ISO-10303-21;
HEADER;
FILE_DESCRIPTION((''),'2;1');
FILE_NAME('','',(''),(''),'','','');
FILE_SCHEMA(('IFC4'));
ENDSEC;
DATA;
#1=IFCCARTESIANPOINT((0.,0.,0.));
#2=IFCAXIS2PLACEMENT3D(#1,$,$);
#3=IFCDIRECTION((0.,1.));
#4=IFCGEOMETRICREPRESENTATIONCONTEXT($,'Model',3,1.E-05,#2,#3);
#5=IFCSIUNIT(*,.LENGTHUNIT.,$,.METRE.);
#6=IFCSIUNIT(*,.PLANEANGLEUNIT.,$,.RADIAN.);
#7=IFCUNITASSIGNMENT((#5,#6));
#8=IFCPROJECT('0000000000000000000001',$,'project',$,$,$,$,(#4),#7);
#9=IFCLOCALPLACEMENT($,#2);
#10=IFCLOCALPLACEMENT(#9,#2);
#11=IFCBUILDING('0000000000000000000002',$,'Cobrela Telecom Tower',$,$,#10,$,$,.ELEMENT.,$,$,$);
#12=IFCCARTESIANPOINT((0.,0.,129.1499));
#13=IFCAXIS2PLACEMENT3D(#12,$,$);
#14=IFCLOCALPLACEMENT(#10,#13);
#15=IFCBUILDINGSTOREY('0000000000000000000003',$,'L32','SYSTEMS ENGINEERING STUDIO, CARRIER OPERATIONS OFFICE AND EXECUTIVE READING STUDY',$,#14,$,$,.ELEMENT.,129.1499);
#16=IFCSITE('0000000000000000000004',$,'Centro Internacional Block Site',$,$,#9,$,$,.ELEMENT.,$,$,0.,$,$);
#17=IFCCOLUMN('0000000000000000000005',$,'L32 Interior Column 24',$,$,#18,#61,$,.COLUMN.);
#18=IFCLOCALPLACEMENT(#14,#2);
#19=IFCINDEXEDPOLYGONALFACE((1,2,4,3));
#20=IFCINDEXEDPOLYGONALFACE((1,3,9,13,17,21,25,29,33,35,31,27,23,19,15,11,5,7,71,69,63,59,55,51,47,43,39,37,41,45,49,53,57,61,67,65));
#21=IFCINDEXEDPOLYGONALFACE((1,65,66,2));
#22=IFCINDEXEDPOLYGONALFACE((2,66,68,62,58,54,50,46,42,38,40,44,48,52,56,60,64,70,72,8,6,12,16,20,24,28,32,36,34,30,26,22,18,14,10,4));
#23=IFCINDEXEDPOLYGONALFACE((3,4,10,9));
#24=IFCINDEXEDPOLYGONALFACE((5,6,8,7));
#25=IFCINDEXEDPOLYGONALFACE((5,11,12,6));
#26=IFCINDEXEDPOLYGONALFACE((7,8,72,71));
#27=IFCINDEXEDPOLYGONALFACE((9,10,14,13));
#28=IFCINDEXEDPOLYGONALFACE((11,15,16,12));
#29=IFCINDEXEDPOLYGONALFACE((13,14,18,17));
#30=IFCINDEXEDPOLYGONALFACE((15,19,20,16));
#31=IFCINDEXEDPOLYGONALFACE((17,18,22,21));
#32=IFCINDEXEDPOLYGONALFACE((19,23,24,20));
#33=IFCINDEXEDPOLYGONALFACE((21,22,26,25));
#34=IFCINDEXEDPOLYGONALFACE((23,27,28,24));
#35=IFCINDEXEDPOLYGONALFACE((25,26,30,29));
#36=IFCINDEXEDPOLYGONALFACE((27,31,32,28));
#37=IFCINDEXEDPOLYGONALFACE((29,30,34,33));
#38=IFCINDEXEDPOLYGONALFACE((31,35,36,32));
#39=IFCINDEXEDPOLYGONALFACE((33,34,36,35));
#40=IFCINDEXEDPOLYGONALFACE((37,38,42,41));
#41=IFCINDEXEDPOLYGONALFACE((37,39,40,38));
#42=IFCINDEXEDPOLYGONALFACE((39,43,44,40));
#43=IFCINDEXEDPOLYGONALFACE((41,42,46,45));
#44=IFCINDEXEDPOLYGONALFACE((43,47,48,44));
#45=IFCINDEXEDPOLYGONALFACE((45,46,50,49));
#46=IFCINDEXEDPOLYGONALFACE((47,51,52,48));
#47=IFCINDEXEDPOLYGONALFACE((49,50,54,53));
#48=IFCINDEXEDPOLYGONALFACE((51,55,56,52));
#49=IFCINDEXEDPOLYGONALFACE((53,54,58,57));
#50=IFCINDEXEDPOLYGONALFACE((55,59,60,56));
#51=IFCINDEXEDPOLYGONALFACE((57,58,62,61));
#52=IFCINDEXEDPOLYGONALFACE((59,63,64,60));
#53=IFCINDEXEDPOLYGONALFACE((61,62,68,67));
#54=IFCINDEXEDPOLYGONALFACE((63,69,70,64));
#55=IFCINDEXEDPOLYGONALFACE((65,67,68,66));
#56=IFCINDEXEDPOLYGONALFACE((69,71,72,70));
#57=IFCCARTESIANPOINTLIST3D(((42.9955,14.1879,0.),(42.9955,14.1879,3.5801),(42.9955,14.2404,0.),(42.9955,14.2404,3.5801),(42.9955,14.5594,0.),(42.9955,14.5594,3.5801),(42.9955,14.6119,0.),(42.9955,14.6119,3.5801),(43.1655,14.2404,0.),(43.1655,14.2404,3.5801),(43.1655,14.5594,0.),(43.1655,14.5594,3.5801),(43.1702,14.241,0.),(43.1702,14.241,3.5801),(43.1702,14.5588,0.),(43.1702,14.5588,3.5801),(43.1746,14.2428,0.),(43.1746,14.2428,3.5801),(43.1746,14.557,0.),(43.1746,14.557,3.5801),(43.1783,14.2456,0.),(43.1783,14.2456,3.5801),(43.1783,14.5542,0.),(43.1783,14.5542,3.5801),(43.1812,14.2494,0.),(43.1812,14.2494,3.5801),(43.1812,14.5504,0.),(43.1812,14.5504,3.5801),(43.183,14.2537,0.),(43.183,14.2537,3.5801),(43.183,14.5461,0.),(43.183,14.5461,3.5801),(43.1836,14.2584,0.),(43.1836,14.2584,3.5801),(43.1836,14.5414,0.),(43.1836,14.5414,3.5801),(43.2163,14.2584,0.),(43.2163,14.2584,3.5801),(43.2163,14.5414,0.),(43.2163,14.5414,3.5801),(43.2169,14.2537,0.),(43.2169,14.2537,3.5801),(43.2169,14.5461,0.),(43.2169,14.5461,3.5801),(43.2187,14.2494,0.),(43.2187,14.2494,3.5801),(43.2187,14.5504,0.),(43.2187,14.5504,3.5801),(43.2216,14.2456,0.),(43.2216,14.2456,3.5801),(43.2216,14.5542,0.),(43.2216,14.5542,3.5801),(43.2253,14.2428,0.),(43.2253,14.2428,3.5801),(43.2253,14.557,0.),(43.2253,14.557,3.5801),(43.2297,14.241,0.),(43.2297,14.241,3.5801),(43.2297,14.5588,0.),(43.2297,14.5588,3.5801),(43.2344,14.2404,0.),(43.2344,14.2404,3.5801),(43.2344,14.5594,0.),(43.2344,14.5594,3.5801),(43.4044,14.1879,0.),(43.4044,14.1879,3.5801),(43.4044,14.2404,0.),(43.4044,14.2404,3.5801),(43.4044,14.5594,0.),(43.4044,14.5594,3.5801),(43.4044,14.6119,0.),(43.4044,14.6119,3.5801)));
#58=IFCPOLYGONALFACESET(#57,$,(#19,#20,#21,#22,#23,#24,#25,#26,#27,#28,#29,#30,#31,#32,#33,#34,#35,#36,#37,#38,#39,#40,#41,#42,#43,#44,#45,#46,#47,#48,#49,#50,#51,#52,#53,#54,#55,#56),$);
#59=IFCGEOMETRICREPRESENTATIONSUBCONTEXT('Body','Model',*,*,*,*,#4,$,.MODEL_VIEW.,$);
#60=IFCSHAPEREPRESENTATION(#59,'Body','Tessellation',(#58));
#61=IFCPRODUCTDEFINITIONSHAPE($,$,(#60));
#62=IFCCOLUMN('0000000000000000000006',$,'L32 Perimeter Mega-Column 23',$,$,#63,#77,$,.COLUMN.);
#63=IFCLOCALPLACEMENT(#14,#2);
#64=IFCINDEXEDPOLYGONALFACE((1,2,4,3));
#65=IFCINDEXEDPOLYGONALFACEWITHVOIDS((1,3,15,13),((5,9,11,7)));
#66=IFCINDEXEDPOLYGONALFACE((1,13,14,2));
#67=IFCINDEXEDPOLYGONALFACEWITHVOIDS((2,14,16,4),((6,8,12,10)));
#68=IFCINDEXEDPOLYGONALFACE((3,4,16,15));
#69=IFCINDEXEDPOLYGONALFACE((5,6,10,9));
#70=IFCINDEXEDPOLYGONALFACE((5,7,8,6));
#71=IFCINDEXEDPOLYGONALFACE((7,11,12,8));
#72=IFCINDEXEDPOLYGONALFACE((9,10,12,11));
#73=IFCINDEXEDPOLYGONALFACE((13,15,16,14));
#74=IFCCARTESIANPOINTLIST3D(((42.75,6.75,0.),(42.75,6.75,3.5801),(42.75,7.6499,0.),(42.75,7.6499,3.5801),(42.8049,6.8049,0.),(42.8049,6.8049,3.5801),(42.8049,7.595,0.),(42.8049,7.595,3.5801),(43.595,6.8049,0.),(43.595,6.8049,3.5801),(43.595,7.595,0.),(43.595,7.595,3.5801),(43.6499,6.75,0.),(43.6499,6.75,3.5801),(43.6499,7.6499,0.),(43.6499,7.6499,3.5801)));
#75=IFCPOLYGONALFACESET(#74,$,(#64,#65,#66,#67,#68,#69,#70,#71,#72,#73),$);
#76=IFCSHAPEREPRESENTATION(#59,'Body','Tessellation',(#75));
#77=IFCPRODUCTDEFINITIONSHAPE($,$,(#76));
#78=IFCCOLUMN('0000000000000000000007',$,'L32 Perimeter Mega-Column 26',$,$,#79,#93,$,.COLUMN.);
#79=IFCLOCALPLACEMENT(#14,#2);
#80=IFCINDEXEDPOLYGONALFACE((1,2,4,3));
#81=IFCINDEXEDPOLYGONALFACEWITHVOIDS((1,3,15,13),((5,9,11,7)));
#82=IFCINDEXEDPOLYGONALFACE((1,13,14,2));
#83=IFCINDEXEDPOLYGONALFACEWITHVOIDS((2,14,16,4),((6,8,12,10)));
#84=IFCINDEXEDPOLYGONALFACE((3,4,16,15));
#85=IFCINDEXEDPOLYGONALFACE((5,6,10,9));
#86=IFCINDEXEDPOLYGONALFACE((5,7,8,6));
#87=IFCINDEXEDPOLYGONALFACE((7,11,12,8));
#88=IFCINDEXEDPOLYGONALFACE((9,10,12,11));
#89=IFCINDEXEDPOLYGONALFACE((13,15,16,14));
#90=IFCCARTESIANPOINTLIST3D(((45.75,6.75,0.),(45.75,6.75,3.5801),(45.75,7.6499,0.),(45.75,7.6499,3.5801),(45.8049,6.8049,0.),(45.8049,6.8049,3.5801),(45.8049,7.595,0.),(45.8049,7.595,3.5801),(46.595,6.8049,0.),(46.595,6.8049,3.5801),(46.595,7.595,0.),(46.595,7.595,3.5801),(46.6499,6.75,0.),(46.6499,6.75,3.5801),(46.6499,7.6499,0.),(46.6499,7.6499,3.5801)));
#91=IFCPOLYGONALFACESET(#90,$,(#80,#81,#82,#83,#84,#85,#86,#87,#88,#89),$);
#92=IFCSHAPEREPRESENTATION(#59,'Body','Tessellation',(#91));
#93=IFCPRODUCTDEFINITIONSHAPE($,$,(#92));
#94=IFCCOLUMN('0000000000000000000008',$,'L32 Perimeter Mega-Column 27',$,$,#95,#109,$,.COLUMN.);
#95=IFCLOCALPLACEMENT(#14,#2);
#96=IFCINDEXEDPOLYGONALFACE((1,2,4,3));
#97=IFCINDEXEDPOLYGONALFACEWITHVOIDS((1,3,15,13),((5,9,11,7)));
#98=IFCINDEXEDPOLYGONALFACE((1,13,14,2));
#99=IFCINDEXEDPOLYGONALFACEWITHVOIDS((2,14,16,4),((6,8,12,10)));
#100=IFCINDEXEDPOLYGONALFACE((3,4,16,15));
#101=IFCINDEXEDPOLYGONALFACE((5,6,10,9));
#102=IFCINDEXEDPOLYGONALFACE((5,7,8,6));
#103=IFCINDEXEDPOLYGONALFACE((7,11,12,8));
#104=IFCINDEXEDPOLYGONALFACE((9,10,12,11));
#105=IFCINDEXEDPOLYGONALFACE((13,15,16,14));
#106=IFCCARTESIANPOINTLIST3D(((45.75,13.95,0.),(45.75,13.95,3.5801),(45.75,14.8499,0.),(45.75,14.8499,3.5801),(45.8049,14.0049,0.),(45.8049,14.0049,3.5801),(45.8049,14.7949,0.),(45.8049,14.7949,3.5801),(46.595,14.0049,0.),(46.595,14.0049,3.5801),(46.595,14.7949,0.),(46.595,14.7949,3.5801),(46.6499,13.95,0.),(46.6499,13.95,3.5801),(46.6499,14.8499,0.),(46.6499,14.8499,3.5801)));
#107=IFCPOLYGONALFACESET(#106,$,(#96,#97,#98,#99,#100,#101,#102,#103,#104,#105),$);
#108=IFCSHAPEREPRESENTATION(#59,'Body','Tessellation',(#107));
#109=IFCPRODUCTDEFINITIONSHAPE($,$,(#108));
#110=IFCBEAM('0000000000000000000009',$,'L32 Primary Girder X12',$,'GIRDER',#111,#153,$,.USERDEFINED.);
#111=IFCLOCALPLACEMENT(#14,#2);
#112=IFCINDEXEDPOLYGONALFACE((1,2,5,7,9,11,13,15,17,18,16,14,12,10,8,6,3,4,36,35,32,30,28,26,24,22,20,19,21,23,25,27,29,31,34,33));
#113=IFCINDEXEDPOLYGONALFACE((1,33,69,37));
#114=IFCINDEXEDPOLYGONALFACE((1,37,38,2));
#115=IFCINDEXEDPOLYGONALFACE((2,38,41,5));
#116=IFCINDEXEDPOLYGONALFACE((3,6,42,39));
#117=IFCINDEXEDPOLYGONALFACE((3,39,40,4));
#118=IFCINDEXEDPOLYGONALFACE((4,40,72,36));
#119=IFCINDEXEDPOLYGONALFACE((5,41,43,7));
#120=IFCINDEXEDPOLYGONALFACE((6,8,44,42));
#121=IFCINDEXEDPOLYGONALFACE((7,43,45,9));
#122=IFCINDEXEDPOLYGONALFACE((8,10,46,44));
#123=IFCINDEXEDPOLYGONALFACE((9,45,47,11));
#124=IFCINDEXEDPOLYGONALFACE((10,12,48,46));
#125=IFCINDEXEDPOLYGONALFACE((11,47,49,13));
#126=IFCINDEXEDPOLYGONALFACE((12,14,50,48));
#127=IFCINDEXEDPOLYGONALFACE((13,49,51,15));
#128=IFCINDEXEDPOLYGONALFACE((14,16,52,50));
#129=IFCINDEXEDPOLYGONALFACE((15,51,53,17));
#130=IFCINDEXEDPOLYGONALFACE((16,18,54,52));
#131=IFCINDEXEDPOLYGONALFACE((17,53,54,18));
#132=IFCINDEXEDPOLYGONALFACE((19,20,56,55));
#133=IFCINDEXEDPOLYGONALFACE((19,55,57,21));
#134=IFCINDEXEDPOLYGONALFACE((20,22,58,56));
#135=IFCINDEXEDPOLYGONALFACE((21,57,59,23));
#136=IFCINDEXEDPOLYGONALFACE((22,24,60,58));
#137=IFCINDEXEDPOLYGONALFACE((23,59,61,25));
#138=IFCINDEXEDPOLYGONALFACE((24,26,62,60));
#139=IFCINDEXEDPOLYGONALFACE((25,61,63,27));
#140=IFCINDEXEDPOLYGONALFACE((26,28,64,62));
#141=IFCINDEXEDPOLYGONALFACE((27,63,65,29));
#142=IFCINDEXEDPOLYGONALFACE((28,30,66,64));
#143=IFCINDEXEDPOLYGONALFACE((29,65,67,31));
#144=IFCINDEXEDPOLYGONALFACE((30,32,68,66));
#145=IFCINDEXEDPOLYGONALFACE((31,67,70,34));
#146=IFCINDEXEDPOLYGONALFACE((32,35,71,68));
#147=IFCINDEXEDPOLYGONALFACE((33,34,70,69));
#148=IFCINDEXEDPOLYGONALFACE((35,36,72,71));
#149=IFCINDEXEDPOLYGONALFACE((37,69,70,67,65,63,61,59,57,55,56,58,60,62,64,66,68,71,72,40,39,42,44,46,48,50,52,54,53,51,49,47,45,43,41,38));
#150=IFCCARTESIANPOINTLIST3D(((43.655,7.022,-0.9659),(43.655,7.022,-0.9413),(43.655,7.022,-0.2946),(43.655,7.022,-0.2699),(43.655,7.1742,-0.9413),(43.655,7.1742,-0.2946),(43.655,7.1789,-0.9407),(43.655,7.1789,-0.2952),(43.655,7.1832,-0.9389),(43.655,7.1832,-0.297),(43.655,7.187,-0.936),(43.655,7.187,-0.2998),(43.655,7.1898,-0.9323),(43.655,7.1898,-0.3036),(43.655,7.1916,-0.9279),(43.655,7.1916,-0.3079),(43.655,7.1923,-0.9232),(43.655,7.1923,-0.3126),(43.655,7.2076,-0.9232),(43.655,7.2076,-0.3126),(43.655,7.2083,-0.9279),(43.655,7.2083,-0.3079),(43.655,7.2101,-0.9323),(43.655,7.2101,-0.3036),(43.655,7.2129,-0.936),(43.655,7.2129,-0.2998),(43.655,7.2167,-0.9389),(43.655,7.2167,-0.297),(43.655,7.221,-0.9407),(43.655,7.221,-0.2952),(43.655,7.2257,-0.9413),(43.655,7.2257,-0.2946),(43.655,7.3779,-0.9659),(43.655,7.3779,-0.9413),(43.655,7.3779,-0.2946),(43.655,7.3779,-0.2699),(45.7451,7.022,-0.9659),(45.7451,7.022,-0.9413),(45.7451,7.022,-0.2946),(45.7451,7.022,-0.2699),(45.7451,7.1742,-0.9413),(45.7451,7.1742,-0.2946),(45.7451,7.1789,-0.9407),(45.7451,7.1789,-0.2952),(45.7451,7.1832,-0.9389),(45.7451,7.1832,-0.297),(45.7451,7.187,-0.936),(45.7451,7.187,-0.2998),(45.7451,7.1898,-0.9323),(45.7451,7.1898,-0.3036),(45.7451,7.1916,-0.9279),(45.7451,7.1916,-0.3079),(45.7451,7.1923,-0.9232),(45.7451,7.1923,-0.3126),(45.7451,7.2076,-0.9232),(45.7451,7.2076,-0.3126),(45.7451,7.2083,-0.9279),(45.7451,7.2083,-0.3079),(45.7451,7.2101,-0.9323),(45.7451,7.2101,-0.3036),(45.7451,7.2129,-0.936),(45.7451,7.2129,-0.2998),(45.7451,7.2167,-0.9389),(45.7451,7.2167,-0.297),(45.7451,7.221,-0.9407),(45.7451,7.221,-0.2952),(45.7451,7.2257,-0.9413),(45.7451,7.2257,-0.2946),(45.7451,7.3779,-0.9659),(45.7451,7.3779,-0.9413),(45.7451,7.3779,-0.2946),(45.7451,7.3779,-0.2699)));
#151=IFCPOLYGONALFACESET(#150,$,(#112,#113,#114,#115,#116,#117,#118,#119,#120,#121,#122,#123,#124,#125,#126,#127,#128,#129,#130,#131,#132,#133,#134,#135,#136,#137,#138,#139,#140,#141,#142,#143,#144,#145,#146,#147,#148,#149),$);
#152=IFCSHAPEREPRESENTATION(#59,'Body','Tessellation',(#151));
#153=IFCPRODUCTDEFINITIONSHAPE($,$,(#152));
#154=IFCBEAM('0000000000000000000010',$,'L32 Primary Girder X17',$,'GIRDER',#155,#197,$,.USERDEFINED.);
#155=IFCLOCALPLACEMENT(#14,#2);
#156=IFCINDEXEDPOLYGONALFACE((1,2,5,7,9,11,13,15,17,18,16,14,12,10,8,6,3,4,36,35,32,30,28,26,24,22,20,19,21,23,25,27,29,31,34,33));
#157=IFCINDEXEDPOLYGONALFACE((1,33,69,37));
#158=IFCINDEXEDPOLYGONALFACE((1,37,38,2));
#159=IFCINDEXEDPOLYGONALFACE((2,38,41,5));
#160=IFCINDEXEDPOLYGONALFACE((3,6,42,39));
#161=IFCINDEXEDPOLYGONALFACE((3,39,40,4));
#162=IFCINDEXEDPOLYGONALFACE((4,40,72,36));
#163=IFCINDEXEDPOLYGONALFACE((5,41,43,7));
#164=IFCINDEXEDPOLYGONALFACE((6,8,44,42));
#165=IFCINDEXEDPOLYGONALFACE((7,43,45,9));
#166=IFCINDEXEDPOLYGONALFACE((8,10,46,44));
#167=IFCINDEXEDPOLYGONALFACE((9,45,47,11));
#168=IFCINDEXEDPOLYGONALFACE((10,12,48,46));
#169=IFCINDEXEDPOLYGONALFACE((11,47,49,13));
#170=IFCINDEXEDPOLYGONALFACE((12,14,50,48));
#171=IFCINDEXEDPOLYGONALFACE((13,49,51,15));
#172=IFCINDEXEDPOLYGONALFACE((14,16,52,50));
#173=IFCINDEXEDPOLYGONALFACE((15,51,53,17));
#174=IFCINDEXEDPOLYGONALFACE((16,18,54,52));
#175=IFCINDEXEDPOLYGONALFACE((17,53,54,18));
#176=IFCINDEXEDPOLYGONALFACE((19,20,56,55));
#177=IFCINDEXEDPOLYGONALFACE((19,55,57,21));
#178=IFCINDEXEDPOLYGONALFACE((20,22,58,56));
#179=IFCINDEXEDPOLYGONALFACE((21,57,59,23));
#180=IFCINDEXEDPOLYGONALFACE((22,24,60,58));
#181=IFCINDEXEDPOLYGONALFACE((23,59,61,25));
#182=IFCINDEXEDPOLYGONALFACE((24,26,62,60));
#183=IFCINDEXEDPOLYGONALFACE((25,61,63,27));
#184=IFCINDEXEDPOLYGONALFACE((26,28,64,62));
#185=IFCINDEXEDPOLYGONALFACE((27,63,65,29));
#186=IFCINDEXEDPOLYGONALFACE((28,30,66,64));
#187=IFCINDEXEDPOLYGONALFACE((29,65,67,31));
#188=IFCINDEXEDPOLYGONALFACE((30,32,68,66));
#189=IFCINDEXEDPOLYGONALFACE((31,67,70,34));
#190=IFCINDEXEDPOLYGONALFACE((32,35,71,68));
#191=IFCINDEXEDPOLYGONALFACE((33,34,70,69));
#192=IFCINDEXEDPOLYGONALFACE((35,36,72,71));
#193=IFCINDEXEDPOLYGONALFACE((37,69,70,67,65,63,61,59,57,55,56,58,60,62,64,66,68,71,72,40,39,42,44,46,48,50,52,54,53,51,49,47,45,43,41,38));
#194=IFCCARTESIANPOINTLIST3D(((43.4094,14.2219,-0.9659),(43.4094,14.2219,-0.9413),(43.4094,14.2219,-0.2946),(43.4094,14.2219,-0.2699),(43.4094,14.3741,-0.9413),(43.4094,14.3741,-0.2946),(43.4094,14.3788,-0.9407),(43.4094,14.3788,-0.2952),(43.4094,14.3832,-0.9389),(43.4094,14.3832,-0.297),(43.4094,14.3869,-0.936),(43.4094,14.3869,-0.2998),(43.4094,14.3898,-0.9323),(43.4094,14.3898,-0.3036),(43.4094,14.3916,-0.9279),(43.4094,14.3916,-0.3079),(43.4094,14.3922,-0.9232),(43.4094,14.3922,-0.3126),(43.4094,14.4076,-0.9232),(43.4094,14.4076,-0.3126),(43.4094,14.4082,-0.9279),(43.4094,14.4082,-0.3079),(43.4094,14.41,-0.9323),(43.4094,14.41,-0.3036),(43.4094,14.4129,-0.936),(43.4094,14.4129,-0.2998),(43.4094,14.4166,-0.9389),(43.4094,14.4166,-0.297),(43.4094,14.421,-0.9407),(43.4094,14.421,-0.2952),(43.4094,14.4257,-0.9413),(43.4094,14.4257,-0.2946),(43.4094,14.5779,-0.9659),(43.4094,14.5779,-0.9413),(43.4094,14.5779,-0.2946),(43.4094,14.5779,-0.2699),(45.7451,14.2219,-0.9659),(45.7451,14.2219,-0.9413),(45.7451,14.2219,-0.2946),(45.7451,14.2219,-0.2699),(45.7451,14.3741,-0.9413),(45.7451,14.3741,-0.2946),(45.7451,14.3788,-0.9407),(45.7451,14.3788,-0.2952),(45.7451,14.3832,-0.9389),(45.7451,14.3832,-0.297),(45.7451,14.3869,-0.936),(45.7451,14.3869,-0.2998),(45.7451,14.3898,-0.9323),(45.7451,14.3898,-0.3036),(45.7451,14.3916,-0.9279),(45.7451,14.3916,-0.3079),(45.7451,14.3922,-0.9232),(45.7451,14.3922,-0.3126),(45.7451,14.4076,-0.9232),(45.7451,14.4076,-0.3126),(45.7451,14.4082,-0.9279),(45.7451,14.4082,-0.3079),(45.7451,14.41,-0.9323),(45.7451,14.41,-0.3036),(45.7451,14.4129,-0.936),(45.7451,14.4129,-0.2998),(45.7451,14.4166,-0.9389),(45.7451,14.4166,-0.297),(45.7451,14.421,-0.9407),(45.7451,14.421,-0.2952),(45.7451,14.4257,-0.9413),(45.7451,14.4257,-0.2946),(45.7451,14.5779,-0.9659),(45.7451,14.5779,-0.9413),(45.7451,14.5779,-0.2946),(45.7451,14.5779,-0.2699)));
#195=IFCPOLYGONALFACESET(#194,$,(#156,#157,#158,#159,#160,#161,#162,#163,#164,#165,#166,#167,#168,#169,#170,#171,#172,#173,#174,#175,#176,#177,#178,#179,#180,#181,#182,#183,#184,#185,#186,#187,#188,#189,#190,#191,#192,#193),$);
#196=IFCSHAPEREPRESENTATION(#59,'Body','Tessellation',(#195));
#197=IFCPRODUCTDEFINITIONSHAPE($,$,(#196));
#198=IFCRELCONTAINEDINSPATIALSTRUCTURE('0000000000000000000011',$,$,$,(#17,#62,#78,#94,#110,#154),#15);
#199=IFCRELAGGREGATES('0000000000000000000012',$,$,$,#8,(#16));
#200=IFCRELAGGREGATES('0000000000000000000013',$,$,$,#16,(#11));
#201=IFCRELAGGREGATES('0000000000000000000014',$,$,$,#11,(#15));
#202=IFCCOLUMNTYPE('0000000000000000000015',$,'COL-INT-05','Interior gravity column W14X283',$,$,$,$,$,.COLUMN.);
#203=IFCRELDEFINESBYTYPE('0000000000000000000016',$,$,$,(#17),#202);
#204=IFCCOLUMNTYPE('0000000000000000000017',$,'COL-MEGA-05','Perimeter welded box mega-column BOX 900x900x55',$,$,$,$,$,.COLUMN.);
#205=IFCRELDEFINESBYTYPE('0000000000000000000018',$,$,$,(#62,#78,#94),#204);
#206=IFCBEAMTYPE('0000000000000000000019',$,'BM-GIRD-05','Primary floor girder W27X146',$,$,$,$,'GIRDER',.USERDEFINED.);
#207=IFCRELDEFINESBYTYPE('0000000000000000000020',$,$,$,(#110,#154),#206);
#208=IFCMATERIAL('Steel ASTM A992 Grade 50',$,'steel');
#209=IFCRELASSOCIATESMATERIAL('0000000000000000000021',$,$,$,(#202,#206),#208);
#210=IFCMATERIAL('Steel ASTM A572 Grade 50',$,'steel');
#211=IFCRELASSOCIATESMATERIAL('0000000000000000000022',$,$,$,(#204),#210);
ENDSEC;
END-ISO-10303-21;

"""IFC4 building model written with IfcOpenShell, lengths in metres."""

from ifc_helpers import new_model, si_unit, direction, frame, origin, origin_2d, place, context, subcontext, project, spatial, hollow_rectangle, i_section, extrude, material, material_profile, profile_set, type_object, element, save


model = new_model("IFC4")

# Units and contexts
model_context = context("Model", 3, precision=1e-05, world=origin(), true_north=direction((0.0, 1.0)))
body_context = subcontext(model_context, "Body", "Model", "MODEL_VIEW")
ifc_project = project(units=[si_unit("LENGTHUNIT", "METRE"), si_unit("PLANEANGLEUNIT", "RADIAN")], contexts=[model_context])

# Site, building, storey
site_placement = place(None, origin())
site = spatial("IfcSite", under=ifc_project, at=site_placement, Name="Centro Internacional Block Site", CompositionType="ELEMENT", RefElevation=0.0)
building_placement = place(site_placement, origin())
building = spatial("IfcBuilding", under=site, at=building_placement, Name="Cobrela Telecom Tower", CompositionType="ELEMENT")
storey_placement = place(building_placement, frame((0.0, 0.0, 129.1499)))
storey = spatial("IfcBuildingStorey", under=building, at=storey_placement, Name="L32", Description="SYSTEMS ENGINEERING STUDIO, CARRIER OPERATIONS OFFICE AND EXECUTIVE READING STUDY", CompositionType="ELEMENT", Elevation=129.1499)

# Columns
ifc_material_1 = material(Name="Steel ASTM A992 Grade 50", Category="steel")
ifc_material_profile_1 = material_profile(ifc_material_1, i_section(OverallWidth=0.4089, OverallDepth=0.4241, WebThickness=0.0327, FlangeThickness=0.0525, FilletRadius=0.0181, at=origin_2d()), Name="W14X283")
ifc_profile_set_1 = profile_set([ifc_material_profile_1], Name="Steel ASTM A992 Grade 50")
column_type_1 = type_object("IfcColumnType", Name="COL-INT-05", Description="Interior gravity column W14X283", PredefinedType="COLUMN", material=ifc_profile_set_1)
column_placement = place(storey_placement, frame((43.2, 14.3999, 0.0), z_axis=(0.0, 0.0, 1.0), x_axis=(1.0, 0.0, 0.0)))
element("IfcColumn", 1, at=column_placement, inside=storey, type_object=column_type_1, Name="L32 Interior Column 24", PredefinedType="COLUMN", context=body_context, shape_type="SweptSolid", body=[
    extrude(i_section(OverallWidth=0.4089, OverallDepth=0.4241, WebThickness=0.0327, FlangeThickness=0.0525, FilletRadius=0.0181, at=origin_2d()), origin(), (0.0, 0.0, 1.0), 3.5801),
])
ifc_material_2 = material(Name="Steel ASTM A572 Grade 50", Category="steel")
ifc_material_profile_2 = material_profile(ifc_material_2, hollow_rectangle(XDim=0.8999, YDim=0.8999, WallThickness=0.0549, at=origin_2d()), Name="BOX 900x900x55")
ifc_profile_set_2 = profile_set([ifc_material_profile_2], Name="Steel ASTM A572 Grade 50")
column_type_2 = type_object("IfcColumnType", Name="COL-MEGA-05", Description="Perimeter welded box mega-column BOX 900x900x55", PredefinedType="COLUMN", material=ifc_profile_set_2)
for number, where, z_axis, x_axis, name in (
    (2, (43.2, 7.2, 0.0), (0.0, 0.0, 1.0), (1.0, 0.0, 0.0), "L32 Perimeter Mega-Column 23"),
    (3, (46.2, 7.2, 0.0), (0.0, 0.0, 1.0), (1.0, 0.0, 0.0), "L32 Perimeter Mega-Column 26"),
    (4, (46.2, 14.3999, 0.0), (0.0, 0.0, 1.0), (1.0, 0.0, 0.0), "L32 Perimeter Mega-Column 27"),
):
    element("IfcColumn", number, at=place(storey_placement, frame(where, z_axis=z_axis, x_axis=x_axis)), inside=storey, type_object=column_type_2, Name=name, PredefinedType="COLUMN", context=body_context, shape_type="SweptSolid", body=[
        extrude(hollow_rectangle(XDim=0.8999, YDim=0.8999, WallThickness=0.0549, at=origin_2d()), origin(), (0.0, 0.0, 1.0), 3.5801),
    ])

# Beams
ifc_material_profile_3 = material_profile(ifc_material_1, i_section(OverallWidth=0.356, OverallDepth=0.696, WebThickness=0.0154, FlangeThickness=0.0247, FilletRadius=0.0181, at=origin_2d()), Name="W27X146")
ifc_profile_set_3 = profile_set([ifc_material_profile_3], Name="Steel ASTM A992 Grade 50")
beam_type_1 = type_object("IfcBeamType", Name="BM-GIRD-05", Description="Primary floor girder W27X146", ElementType="GIRDER", PredefinedType="USERDEFINED", material=ifc_profile_set_3)
beam_1_placement = place(storey_placement, frame((43.655, 7.2, -0.6179), z_axis=(1.0, 0.0, 0.0), x_axis=(0.0, 1.0, 0.0)))
element("IfcBeam", 5, at=beam_1_placement, inside=storey, type_object=beam_type_1, Name="L32 Primary Girder X12", ObjectType="GIRDER", PredefinedType="USERDEFINED", context=body_context, shape_type="SweptSolid", body=[
    extrude(i_section(OverallWidth=0.356, OverallDepth=0.696, WebThickness=0.0154, FlangeThickness=0.0247, FilletRadius=0.0181, at=origin_2d()), origin(), (0.0, 0.0, 1.0), 2.0901),
])
beam_2_placement = place(storey_placement, frame((43.4094, 14.3999, -0.6179), z_axis=(1.0, 0.0, 0.0), x_axis=(0.0, 1.0, 0.0)))
element("IfcBeam", 6, at=beam_2_placement, inside=storey, type_object=beam_type_1, Name="L32 Primary Girder X17", ObjectType="GIRDER", PredefinedType="USERDEFINED", context=body_context, shape_type="SweptSolid", body=[
    extrude(i_section(OverallWidth=0.356, OverallDepth=0.696, WebThickness=0.0154, FlangeThickness=0.0247, FilletRadius=0.0181, at=origin_2d()), origin(), (0.0, 0.0, 1.0), 2.3357),
])

save(model, "model.ifc")
